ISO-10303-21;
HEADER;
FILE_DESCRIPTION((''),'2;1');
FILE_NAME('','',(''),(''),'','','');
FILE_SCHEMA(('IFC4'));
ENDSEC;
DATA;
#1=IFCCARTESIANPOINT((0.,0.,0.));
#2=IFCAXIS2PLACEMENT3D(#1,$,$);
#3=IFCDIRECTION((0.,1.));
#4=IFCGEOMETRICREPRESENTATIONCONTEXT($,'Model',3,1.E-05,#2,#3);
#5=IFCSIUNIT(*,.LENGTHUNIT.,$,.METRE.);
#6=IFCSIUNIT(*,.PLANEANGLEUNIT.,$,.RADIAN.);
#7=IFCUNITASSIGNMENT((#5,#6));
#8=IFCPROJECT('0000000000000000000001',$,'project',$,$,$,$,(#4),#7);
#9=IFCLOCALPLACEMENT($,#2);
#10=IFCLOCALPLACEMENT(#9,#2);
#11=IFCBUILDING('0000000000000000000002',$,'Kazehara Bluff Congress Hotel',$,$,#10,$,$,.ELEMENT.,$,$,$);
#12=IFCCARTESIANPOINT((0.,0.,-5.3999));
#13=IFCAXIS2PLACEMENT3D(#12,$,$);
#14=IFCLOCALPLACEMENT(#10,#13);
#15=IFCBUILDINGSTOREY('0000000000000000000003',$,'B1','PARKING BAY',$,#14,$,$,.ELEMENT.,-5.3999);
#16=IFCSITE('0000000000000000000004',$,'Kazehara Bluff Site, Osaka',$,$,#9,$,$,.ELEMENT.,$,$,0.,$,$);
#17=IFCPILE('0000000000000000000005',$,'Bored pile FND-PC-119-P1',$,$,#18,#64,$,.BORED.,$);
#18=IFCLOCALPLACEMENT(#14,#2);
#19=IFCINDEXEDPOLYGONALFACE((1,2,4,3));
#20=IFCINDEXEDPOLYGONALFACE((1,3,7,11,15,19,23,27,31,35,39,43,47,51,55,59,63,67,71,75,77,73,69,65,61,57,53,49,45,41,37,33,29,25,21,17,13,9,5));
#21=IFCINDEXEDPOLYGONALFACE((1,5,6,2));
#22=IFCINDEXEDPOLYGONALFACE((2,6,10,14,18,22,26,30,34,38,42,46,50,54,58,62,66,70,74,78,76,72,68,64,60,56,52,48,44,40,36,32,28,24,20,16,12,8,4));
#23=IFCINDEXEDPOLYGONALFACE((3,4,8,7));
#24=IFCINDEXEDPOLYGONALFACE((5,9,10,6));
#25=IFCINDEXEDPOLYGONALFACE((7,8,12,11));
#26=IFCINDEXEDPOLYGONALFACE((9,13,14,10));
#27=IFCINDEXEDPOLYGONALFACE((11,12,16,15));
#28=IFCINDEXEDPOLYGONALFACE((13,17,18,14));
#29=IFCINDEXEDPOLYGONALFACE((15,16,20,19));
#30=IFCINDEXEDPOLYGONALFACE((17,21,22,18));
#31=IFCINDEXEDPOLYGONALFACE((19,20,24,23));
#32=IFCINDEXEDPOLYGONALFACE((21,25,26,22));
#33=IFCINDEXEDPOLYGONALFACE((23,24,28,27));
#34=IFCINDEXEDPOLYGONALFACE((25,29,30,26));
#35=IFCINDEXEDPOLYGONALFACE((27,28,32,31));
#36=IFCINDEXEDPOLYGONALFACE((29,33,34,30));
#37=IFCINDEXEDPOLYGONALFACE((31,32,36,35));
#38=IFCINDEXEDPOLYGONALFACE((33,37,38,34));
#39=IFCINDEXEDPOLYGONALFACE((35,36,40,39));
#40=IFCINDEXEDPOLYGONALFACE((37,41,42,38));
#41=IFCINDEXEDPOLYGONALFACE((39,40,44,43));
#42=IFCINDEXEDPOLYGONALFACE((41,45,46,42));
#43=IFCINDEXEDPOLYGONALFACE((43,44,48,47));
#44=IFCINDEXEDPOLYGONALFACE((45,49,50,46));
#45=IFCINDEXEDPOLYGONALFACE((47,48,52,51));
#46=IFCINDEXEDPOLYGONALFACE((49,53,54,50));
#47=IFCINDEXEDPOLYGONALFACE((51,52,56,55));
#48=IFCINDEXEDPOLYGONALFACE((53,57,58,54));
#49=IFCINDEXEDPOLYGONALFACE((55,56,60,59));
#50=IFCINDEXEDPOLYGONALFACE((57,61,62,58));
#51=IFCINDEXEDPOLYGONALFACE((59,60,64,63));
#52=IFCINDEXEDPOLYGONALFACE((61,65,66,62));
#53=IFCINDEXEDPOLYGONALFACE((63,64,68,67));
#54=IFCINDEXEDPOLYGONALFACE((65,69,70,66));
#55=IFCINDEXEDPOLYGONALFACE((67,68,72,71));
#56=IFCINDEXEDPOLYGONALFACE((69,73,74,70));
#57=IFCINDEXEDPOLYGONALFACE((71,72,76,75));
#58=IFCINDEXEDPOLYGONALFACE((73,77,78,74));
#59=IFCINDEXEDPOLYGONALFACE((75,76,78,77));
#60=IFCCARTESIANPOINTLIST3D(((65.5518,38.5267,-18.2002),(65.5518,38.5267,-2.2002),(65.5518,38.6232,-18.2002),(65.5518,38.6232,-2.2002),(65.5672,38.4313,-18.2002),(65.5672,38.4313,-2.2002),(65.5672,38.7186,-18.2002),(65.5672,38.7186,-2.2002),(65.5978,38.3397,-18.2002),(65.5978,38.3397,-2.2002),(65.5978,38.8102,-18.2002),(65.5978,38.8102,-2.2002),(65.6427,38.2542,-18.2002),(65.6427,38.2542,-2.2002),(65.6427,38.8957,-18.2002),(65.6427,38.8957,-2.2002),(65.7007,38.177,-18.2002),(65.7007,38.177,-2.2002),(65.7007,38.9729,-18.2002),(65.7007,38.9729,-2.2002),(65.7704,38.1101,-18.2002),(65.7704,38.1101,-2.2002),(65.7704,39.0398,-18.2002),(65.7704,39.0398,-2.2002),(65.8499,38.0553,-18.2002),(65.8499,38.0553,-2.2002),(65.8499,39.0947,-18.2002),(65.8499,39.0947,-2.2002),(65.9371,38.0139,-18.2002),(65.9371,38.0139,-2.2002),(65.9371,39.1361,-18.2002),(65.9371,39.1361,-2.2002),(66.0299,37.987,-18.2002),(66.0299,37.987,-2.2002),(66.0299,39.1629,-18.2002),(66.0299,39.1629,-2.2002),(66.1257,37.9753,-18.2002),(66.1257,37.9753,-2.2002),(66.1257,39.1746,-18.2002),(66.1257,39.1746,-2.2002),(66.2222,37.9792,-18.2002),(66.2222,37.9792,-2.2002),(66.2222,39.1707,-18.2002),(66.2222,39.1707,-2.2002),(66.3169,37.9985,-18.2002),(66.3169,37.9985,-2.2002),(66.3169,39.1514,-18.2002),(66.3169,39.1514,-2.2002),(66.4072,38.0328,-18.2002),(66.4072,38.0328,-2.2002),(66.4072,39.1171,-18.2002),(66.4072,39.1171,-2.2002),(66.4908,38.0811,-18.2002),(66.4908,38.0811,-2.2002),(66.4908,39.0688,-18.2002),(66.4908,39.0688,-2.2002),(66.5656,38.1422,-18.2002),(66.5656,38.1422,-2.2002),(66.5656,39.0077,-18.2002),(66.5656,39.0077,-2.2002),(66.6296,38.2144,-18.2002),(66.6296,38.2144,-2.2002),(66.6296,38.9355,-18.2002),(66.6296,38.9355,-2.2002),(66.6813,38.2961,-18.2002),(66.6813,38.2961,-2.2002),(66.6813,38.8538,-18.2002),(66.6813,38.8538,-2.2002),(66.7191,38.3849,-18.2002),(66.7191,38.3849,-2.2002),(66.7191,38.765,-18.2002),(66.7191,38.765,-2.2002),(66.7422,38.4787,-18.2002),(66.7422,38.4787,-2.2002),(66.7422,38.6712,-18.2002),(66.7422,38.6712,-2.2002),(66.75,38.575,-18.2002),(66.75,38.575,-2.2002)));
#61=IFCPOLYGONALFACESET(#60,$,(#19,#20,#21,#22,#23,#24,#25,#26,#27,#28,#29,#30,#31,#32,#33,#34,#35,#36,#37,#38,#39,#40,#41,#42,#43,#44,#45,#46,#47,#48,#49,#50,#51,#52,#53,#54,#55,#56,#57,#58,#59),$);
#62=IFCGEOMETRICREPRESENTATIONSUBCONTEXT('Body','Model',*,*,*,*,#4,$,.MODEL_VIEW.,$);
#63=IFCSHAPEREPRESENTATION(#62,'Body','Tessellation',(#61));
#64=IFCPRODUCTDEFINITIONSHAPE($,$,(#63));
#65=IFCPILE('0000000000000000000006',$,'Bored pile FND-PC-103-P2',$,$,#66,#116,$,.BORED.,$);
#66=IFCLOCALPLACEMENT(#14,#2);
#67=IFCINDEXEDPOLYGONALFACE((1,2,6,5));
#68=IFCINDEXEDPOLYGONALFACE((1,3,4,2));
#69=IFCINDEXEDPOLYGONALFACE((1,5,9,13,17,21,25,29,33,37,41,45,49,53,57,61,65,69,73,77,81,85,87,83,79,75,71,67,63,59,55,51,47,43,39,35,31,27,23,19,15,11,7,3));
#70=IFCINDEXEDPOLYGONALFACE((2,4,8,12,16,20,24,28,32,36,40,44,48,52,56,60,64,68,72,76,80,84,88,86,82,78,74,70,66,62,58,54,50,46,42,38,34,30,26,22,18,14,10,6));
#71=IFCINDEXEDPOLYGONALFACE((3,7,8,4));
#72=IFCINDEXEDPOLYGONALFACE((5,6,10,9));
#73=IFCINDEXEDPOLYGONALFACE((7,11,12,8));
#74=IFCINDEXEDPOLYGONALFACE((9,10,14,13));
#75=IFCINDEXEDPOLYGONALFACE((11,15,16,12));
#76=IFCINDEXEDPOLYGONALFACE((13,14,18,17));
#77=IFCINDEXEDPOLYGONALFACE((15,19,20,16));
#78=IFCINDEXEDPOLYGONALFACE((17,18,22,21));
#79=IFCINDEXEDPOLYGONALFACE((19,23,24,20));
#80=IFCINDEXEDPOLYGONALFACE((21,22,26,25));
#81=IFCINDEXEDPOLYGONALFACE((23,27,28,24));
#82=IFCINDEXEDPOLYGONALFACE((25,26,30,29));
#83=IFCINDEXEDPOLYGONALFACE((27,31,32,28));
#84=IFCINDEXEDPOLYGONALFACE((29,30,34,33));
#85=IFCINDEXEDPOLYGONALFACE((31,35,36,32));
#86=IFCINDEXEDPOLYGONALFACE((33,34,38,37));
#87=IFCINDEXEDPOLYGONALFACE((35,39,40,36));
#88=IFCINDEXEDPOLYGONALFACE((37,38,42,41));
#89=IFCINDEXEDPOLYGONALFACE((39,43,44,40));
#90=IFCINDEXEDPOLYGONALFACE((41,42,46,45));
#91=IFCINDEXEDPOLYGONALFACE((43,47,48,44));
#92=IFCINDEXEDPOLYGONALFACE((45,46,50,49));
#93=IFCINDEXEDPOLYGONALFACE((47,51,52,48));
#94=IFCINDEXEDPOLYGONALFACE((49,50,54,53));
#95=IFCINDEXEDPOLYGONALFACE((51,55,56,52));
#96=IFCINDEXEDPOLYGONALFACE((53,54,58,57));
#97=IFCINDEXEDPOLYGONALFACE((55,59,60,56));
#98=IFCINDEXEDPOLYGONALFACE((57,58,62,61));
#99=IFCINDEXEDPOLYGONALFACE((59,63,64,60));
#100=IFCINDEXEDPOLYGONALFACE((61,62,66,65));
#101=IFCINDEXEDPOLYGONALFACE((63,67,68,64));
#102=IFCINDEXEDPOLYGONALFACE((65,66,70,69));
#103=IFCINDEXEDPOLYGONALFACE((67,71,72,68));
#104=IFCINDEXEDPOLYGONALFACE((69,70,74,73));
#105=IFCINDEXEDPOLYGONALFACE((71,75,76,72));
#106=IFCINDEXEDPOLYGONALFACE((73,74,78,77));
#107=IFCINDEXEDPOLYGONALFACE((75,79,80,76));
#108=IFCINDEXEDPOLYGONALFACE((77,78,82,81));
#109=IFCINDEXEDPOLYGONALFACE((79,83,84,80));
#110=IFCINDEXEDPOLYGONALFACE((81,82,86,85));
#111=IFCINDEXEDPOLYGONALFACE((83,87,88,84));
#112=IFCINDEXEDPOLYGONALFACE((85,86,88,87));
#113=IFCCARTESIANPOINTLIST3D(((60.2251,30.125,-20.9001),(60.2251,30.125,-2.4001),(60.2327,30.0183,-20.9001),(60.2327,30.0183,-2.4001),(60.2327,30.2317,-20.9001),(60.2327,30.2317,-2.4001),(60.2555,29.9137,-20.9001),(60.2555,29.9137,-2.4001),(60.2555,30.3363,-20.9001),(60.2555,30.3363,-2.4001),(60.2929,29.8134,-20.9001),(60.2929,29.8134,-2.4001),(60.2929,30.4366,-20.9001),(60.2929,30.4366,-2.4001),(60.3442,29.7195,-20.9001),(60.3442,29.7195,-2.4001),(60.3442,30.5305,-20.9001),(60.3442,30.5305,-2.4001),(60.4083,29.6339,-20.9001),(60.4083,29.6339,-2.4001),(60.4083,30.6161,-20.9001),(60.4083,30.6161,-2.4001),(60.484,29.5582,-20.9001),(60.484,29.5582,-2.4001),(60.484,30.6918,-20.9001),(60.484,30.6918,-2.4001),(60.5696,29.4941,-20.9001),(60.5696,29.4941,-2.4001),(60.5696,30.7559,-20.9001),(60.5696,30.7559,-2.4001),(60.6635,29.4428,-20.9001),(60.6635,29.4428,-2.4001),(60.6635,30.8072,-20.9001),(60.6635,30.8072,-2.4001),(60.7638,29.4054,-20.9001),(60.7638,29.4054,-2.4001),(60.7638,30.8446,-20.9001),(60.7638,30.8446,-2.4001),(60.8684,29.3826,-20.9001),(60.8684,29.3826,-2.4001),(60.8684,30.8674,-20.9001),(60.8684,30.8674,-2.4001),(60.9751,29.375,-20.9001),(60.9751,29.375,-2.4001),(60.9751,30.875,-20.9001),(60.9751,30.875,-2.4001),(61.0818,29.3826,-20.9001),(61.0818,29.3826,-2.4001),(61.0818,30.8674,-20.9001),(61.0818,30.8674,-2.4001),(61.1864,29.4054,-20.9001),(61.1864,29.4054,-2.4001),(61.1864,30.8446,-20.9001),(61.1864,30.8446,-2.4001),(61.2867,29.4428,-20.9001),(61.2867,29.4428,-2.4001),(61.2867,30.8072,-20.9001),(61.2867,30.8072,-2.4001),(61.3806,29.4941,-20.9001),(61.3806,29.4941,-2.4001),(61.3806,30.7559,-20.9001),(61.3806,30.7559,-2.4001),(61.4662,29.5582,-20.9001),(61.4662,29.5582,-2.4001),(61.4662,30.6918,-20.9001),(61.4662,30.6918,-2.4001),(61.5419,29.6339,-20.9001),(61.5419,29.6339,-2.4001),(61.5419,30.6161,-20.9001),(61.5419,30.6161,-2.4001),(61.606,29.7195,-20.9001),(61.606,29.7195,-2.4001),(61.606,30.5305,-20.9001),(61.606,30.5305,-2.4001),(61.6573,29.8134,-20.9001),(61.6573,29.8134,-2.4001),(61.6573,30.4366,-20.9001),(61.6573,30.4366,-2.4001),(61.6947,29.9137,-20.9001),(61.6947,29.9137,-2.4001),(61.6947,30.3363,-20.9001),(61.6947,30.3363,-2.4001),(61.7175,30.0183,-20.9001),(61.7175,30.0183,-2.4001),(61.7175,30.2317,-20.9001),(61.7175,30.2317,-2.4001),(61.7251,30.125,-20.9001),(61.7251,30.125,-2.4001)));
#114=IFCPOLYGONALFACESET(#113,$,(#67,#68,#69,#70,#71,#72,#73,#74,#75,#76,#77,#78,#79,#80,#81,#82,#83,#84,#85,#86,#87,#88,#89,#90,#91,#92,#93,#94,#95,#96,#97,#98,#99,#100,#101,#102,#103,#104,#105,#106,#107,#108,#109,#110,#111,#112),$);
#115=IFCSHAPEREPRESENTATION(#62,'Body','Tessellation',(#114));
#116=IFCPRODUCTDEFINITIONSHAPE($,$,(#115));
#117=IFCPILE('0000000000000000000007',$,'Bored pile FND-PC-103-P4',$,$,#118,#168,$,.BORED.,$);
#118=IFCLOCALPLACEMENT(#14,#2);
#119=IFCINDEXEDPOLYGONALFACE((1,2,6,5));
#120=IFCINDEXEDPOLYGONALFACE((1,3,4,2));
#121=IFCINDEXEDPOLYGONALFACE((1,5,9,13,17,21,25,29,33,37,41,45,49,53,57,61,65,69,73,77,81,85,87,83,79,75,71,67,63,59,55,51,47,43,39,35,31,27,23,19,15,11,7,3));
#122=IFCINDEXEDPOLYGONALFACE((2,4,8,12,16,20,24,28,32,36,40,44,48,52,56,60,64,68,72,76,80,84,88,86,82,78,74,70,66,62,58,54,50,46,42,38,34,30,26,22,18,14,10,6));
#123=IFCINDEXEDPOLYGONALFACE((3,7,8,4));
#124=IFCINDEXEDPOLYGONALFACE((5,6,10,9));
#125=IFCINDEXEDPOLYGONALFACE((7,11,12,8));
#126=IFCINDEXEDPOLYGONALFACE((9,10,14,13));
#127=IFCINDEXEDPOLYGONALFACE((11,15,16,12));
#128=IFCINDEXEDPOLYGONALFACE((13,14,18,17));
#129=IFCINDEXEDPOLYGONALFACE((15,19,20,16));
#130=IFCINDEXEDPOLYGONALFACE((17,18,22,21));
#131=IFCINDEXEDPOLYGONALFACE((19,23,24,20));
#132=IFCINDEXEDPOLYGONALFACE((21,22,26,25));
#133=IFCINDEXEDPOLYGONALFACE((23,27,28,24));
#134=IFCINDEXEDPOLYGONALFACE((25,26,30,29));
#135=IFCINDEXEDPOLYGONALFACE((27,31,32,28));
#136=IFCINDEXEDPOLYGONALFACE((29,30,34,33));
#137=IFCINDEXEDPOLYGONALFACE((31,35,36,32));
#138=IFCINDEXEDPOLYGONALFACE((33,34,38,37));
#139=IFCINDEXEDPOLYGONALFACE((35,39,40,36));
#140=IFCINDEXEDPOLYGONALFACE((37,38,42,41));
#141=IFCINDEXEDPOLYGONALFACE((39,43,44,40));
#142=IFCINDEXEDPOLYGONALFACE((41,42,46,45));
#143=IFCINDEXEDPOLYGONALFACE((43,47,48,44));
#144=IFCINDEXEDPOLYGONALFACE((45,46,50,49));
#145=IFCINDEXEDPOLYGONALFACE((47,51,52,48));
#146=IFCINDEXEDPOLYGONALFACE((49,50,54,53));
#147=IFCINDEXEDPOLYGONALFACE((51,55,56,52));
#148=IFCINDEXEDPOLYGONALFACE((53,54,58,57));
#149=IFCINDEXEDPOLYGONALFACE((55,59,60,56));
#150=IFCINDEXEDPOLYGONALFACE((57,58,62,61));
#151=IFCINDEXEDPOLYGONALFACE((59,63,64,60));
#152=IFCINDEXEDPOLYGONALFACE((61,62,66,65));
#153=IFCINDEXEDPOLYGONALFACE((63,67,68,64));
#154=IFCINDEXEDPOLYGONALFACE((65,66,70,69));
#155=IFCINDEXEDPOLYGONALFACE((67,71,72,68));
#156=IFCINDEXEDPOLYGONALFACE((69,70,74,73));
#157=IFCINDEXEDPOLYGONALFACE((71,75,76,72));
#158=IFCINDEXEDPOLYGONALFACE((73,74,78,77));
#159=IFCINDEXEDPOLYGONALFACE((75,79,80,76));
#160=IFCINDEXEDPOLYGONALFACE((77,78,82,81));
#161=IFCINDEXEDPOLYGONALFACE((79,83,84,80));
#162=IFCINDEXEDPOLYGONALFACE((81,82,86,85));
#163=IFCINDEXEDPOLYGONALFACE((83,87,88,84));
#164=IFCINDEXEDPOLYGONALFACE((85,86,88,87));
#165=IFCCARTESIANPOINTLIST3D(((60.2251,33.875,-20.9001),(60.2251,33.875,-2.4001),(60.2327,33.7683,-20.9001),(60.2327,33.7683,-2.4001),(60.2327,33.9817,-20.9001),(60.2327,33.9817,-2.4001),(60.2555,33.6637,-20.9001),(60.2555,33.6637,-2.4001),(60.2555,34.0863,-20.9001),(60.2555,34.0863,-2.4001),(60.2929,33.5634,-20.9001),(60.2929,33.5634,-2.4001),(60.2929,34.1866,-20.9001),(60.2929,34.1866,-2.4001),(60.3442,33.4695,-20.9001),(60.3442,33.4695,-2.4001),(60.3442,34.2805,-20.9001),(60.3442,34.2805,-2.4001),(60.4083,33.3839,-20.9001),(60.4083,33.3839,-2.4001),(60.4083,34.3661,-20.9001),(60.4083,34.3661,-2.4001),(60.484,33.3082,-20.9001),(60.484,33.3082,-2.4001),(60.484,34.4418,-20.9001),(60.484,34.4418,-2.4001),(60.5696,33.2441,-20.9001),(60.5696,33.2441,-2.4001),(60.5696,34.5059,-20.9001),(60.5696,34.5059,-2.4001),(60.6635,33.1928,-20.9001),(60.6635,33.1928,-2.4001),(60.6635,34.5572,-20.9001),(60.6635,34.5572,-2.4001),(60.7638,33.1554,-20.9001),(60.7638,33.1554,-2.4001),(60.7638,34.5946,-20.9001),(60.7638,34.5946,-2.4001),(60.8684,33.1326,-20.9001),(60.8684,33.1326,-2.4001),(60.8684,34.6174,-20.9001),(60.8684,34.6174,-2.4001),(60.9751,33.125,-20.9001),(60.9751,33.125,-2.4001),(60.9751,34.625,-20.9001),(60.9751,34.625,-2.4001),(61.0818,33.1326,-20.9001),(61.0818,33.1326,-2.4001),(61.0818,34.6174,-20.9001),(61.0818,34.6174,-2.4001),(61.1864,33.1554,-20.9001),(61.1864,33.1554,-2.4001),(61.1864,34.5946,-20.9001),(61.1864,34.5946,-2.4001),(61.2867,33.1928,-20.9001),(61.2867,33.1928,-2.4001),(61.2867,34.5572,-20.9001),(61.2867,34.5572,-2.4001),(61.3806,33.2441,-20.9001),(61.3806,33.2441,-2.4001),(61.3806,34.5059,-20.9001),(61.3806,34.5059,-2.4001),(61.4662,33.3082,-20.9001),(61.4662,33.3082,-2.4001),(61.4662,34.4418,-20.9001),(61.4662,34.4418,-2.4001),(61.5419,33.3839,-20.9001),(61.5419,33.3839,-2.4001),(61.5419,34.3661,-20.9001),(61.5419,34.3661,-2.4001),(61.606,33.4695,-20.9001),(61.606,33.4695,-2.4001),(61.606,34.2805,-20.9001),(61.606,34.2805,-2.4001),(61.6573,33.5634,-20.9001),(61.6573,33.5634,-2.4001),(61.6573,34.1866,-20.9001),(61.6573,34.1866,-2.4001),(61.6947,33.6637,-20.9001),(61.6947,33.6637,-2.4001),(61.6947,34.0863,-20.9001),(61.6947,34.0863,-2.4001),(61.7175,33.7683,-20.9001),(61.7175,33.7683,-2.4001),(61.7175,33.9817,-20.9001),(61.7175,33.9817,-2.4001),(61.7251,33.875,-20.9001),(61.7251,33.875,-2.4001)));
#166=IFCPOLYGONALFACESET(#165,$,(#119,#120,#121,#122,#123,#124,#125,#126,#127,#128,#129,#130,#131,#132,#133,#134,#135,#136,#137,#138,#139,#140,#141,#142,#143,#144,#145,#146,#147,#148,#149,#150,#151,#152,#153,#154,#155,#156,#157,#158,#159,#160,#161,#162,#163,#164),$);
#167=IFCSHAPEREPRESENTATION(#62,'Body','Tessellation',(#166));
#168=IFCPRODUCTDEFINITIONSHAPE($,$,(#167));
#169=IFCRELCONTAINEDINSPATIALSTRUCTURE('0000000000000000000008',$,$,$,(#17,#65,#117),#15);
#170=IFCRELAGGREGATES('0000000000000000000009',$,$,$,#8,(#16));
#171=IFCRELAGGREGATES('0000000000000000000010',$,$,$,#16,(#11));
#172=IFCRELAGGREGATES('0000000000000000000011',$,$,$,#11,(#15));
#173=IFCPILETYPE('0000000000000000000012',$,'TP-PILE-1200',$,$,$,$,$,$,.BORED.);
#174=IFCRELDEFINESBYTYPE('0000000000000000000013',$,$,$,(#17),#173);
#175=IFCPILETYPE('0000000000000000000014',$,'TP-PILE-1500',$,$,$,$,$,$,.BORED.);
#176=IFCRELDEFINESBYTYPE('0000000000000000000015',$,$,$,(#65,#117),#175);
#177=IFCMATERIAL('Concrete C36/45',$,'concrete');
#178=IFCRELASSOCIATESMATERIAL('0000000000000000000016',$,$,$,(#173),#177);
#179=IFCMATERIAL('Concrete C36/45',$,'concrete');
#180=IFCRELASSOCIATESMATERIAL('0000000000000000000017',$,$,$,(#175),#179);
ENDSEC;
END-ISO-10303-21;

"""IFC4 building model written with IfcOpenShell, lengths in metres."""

from ifc_helpers import new_model, si_unit, direction, frame, origin, origin_2d, place, context, subcontext, project, spatial, circle, extrude, material, material_profile, profile_set, type_object, element, save


model = new_model("IFC4")

# Units and contexts
model_context = context("Model", 3, precision=1e-05, world=origin(), true_north=direction((0.0, 1.0)))
body_context = subcontext(model_context, "Body", "Model", "MODEL_VIEW")
ifc_project = project(units=[si_unit("LENGTHUNIT", "METRE"), si_unit("PLANEANGLEUNIT", "RADIAN")], contexts=[model_context])

# Site, building, storey
site_placement = place(None, origin())
site = spatial("IfcSite", under=ifc_project, at=site_placement, Name="Kazehara Bluff Site, Osaka", CompositionType="ELEMENT", RefElevation=0.0)
building_placement = place(site_placement, origin())
building = spatial("IfcBuilding", under=site, at=building_placement, Name="Kazehara Bluff Congress Hotel", CompositionType="ELEMENT")
storey_placement = place(building_placement, frame((0.0, 0.0, -5.3999)))
storey = spatial("IfcBuildingStorey", under=building, at=storey_placement, Name="B1", Description="PARKING BAY", CompositionType="ELEMENT", Elevation=-5.3999)

# Piles
ifc_material_1 = material(Name="Concrete C36/45", Category="concrete")
ifc_material_profile_1 = material_profile(ifc_material_1, circle(Radius=0.6001, at=origin_2d()))
ifc_profile_set_1 = profile_set([ifc_material_profile_1], Name="Concrete C36/45")
pile_type_1 = type_object("IfcPileType", Name="TP-PILE-1200", PredefinedType="BORED", material=ifc_profile_set_1)
for number, where, z_axis, x_axis, name in (
    (1, (66.1499, 38.575, -2.2002), (0.0, 0.0, -1.0), (1.0, 0.0, 0.0), "Bored pile FND-PC-119-P1"),
):
    element("IfcPile", number, at=place(storey_placement, frame(where, z_axis=z_axis, x_axis=x_axis)), inside=storey, type_object=pile_type_1, Name=name, PredefinedType="BORED", context=body_context, shape_type="SweptSolid", body=[
        extrude(circle(Radius=0.6001, at=origin_2d()), origin(), (0.0, 0.0, 1.0), 16.0),
    ])
ifc_material_2 = material(Name="Concrete C36/45", Category="concrete")
ifc_material_profile_2 = material_profile(ifc_material_2, circle(Radius=0.75, at=origin_2d()))
ifc_profile_set_2 = profile_set([ifc_material_profile_2], Name="Concrete C36/45")
pile_type_2 = type_object("IfcPileType", Name="TP-PILE-1500", PredefinedType="BORED", material=ifc_profile_set_2)
for number, where, z_axis, x_axis, name in (
    (2, (60.9751, 30.125, -2.4001), (0.0, 0.0, -1.0), (1.0, 0.0, 0.0), "Bored pile FND-PC-103-P2"),
    (3, (60.9751, 33.875, -2.4001), (0.0, 0.0, -1.0), (1.0, 0.0, 0.0), "Bored pile FND-PC-103-P4"),
):
    element("IfcPile", number, at=place(storey_placement, frame(where, z_axis=z_axis, x_axis=x_axis)), inside=storey, type_object=pile_type_2, Name=name, PredefinedType="BORED", context=body_context, shape_type="SweptSolid", body=[
        extrude(circle(Radius=0.75, at=origin_2d()), origin(), (0.0, 0.0, 1.0), 18.5),
    ])

save(model, "model.ifc")
